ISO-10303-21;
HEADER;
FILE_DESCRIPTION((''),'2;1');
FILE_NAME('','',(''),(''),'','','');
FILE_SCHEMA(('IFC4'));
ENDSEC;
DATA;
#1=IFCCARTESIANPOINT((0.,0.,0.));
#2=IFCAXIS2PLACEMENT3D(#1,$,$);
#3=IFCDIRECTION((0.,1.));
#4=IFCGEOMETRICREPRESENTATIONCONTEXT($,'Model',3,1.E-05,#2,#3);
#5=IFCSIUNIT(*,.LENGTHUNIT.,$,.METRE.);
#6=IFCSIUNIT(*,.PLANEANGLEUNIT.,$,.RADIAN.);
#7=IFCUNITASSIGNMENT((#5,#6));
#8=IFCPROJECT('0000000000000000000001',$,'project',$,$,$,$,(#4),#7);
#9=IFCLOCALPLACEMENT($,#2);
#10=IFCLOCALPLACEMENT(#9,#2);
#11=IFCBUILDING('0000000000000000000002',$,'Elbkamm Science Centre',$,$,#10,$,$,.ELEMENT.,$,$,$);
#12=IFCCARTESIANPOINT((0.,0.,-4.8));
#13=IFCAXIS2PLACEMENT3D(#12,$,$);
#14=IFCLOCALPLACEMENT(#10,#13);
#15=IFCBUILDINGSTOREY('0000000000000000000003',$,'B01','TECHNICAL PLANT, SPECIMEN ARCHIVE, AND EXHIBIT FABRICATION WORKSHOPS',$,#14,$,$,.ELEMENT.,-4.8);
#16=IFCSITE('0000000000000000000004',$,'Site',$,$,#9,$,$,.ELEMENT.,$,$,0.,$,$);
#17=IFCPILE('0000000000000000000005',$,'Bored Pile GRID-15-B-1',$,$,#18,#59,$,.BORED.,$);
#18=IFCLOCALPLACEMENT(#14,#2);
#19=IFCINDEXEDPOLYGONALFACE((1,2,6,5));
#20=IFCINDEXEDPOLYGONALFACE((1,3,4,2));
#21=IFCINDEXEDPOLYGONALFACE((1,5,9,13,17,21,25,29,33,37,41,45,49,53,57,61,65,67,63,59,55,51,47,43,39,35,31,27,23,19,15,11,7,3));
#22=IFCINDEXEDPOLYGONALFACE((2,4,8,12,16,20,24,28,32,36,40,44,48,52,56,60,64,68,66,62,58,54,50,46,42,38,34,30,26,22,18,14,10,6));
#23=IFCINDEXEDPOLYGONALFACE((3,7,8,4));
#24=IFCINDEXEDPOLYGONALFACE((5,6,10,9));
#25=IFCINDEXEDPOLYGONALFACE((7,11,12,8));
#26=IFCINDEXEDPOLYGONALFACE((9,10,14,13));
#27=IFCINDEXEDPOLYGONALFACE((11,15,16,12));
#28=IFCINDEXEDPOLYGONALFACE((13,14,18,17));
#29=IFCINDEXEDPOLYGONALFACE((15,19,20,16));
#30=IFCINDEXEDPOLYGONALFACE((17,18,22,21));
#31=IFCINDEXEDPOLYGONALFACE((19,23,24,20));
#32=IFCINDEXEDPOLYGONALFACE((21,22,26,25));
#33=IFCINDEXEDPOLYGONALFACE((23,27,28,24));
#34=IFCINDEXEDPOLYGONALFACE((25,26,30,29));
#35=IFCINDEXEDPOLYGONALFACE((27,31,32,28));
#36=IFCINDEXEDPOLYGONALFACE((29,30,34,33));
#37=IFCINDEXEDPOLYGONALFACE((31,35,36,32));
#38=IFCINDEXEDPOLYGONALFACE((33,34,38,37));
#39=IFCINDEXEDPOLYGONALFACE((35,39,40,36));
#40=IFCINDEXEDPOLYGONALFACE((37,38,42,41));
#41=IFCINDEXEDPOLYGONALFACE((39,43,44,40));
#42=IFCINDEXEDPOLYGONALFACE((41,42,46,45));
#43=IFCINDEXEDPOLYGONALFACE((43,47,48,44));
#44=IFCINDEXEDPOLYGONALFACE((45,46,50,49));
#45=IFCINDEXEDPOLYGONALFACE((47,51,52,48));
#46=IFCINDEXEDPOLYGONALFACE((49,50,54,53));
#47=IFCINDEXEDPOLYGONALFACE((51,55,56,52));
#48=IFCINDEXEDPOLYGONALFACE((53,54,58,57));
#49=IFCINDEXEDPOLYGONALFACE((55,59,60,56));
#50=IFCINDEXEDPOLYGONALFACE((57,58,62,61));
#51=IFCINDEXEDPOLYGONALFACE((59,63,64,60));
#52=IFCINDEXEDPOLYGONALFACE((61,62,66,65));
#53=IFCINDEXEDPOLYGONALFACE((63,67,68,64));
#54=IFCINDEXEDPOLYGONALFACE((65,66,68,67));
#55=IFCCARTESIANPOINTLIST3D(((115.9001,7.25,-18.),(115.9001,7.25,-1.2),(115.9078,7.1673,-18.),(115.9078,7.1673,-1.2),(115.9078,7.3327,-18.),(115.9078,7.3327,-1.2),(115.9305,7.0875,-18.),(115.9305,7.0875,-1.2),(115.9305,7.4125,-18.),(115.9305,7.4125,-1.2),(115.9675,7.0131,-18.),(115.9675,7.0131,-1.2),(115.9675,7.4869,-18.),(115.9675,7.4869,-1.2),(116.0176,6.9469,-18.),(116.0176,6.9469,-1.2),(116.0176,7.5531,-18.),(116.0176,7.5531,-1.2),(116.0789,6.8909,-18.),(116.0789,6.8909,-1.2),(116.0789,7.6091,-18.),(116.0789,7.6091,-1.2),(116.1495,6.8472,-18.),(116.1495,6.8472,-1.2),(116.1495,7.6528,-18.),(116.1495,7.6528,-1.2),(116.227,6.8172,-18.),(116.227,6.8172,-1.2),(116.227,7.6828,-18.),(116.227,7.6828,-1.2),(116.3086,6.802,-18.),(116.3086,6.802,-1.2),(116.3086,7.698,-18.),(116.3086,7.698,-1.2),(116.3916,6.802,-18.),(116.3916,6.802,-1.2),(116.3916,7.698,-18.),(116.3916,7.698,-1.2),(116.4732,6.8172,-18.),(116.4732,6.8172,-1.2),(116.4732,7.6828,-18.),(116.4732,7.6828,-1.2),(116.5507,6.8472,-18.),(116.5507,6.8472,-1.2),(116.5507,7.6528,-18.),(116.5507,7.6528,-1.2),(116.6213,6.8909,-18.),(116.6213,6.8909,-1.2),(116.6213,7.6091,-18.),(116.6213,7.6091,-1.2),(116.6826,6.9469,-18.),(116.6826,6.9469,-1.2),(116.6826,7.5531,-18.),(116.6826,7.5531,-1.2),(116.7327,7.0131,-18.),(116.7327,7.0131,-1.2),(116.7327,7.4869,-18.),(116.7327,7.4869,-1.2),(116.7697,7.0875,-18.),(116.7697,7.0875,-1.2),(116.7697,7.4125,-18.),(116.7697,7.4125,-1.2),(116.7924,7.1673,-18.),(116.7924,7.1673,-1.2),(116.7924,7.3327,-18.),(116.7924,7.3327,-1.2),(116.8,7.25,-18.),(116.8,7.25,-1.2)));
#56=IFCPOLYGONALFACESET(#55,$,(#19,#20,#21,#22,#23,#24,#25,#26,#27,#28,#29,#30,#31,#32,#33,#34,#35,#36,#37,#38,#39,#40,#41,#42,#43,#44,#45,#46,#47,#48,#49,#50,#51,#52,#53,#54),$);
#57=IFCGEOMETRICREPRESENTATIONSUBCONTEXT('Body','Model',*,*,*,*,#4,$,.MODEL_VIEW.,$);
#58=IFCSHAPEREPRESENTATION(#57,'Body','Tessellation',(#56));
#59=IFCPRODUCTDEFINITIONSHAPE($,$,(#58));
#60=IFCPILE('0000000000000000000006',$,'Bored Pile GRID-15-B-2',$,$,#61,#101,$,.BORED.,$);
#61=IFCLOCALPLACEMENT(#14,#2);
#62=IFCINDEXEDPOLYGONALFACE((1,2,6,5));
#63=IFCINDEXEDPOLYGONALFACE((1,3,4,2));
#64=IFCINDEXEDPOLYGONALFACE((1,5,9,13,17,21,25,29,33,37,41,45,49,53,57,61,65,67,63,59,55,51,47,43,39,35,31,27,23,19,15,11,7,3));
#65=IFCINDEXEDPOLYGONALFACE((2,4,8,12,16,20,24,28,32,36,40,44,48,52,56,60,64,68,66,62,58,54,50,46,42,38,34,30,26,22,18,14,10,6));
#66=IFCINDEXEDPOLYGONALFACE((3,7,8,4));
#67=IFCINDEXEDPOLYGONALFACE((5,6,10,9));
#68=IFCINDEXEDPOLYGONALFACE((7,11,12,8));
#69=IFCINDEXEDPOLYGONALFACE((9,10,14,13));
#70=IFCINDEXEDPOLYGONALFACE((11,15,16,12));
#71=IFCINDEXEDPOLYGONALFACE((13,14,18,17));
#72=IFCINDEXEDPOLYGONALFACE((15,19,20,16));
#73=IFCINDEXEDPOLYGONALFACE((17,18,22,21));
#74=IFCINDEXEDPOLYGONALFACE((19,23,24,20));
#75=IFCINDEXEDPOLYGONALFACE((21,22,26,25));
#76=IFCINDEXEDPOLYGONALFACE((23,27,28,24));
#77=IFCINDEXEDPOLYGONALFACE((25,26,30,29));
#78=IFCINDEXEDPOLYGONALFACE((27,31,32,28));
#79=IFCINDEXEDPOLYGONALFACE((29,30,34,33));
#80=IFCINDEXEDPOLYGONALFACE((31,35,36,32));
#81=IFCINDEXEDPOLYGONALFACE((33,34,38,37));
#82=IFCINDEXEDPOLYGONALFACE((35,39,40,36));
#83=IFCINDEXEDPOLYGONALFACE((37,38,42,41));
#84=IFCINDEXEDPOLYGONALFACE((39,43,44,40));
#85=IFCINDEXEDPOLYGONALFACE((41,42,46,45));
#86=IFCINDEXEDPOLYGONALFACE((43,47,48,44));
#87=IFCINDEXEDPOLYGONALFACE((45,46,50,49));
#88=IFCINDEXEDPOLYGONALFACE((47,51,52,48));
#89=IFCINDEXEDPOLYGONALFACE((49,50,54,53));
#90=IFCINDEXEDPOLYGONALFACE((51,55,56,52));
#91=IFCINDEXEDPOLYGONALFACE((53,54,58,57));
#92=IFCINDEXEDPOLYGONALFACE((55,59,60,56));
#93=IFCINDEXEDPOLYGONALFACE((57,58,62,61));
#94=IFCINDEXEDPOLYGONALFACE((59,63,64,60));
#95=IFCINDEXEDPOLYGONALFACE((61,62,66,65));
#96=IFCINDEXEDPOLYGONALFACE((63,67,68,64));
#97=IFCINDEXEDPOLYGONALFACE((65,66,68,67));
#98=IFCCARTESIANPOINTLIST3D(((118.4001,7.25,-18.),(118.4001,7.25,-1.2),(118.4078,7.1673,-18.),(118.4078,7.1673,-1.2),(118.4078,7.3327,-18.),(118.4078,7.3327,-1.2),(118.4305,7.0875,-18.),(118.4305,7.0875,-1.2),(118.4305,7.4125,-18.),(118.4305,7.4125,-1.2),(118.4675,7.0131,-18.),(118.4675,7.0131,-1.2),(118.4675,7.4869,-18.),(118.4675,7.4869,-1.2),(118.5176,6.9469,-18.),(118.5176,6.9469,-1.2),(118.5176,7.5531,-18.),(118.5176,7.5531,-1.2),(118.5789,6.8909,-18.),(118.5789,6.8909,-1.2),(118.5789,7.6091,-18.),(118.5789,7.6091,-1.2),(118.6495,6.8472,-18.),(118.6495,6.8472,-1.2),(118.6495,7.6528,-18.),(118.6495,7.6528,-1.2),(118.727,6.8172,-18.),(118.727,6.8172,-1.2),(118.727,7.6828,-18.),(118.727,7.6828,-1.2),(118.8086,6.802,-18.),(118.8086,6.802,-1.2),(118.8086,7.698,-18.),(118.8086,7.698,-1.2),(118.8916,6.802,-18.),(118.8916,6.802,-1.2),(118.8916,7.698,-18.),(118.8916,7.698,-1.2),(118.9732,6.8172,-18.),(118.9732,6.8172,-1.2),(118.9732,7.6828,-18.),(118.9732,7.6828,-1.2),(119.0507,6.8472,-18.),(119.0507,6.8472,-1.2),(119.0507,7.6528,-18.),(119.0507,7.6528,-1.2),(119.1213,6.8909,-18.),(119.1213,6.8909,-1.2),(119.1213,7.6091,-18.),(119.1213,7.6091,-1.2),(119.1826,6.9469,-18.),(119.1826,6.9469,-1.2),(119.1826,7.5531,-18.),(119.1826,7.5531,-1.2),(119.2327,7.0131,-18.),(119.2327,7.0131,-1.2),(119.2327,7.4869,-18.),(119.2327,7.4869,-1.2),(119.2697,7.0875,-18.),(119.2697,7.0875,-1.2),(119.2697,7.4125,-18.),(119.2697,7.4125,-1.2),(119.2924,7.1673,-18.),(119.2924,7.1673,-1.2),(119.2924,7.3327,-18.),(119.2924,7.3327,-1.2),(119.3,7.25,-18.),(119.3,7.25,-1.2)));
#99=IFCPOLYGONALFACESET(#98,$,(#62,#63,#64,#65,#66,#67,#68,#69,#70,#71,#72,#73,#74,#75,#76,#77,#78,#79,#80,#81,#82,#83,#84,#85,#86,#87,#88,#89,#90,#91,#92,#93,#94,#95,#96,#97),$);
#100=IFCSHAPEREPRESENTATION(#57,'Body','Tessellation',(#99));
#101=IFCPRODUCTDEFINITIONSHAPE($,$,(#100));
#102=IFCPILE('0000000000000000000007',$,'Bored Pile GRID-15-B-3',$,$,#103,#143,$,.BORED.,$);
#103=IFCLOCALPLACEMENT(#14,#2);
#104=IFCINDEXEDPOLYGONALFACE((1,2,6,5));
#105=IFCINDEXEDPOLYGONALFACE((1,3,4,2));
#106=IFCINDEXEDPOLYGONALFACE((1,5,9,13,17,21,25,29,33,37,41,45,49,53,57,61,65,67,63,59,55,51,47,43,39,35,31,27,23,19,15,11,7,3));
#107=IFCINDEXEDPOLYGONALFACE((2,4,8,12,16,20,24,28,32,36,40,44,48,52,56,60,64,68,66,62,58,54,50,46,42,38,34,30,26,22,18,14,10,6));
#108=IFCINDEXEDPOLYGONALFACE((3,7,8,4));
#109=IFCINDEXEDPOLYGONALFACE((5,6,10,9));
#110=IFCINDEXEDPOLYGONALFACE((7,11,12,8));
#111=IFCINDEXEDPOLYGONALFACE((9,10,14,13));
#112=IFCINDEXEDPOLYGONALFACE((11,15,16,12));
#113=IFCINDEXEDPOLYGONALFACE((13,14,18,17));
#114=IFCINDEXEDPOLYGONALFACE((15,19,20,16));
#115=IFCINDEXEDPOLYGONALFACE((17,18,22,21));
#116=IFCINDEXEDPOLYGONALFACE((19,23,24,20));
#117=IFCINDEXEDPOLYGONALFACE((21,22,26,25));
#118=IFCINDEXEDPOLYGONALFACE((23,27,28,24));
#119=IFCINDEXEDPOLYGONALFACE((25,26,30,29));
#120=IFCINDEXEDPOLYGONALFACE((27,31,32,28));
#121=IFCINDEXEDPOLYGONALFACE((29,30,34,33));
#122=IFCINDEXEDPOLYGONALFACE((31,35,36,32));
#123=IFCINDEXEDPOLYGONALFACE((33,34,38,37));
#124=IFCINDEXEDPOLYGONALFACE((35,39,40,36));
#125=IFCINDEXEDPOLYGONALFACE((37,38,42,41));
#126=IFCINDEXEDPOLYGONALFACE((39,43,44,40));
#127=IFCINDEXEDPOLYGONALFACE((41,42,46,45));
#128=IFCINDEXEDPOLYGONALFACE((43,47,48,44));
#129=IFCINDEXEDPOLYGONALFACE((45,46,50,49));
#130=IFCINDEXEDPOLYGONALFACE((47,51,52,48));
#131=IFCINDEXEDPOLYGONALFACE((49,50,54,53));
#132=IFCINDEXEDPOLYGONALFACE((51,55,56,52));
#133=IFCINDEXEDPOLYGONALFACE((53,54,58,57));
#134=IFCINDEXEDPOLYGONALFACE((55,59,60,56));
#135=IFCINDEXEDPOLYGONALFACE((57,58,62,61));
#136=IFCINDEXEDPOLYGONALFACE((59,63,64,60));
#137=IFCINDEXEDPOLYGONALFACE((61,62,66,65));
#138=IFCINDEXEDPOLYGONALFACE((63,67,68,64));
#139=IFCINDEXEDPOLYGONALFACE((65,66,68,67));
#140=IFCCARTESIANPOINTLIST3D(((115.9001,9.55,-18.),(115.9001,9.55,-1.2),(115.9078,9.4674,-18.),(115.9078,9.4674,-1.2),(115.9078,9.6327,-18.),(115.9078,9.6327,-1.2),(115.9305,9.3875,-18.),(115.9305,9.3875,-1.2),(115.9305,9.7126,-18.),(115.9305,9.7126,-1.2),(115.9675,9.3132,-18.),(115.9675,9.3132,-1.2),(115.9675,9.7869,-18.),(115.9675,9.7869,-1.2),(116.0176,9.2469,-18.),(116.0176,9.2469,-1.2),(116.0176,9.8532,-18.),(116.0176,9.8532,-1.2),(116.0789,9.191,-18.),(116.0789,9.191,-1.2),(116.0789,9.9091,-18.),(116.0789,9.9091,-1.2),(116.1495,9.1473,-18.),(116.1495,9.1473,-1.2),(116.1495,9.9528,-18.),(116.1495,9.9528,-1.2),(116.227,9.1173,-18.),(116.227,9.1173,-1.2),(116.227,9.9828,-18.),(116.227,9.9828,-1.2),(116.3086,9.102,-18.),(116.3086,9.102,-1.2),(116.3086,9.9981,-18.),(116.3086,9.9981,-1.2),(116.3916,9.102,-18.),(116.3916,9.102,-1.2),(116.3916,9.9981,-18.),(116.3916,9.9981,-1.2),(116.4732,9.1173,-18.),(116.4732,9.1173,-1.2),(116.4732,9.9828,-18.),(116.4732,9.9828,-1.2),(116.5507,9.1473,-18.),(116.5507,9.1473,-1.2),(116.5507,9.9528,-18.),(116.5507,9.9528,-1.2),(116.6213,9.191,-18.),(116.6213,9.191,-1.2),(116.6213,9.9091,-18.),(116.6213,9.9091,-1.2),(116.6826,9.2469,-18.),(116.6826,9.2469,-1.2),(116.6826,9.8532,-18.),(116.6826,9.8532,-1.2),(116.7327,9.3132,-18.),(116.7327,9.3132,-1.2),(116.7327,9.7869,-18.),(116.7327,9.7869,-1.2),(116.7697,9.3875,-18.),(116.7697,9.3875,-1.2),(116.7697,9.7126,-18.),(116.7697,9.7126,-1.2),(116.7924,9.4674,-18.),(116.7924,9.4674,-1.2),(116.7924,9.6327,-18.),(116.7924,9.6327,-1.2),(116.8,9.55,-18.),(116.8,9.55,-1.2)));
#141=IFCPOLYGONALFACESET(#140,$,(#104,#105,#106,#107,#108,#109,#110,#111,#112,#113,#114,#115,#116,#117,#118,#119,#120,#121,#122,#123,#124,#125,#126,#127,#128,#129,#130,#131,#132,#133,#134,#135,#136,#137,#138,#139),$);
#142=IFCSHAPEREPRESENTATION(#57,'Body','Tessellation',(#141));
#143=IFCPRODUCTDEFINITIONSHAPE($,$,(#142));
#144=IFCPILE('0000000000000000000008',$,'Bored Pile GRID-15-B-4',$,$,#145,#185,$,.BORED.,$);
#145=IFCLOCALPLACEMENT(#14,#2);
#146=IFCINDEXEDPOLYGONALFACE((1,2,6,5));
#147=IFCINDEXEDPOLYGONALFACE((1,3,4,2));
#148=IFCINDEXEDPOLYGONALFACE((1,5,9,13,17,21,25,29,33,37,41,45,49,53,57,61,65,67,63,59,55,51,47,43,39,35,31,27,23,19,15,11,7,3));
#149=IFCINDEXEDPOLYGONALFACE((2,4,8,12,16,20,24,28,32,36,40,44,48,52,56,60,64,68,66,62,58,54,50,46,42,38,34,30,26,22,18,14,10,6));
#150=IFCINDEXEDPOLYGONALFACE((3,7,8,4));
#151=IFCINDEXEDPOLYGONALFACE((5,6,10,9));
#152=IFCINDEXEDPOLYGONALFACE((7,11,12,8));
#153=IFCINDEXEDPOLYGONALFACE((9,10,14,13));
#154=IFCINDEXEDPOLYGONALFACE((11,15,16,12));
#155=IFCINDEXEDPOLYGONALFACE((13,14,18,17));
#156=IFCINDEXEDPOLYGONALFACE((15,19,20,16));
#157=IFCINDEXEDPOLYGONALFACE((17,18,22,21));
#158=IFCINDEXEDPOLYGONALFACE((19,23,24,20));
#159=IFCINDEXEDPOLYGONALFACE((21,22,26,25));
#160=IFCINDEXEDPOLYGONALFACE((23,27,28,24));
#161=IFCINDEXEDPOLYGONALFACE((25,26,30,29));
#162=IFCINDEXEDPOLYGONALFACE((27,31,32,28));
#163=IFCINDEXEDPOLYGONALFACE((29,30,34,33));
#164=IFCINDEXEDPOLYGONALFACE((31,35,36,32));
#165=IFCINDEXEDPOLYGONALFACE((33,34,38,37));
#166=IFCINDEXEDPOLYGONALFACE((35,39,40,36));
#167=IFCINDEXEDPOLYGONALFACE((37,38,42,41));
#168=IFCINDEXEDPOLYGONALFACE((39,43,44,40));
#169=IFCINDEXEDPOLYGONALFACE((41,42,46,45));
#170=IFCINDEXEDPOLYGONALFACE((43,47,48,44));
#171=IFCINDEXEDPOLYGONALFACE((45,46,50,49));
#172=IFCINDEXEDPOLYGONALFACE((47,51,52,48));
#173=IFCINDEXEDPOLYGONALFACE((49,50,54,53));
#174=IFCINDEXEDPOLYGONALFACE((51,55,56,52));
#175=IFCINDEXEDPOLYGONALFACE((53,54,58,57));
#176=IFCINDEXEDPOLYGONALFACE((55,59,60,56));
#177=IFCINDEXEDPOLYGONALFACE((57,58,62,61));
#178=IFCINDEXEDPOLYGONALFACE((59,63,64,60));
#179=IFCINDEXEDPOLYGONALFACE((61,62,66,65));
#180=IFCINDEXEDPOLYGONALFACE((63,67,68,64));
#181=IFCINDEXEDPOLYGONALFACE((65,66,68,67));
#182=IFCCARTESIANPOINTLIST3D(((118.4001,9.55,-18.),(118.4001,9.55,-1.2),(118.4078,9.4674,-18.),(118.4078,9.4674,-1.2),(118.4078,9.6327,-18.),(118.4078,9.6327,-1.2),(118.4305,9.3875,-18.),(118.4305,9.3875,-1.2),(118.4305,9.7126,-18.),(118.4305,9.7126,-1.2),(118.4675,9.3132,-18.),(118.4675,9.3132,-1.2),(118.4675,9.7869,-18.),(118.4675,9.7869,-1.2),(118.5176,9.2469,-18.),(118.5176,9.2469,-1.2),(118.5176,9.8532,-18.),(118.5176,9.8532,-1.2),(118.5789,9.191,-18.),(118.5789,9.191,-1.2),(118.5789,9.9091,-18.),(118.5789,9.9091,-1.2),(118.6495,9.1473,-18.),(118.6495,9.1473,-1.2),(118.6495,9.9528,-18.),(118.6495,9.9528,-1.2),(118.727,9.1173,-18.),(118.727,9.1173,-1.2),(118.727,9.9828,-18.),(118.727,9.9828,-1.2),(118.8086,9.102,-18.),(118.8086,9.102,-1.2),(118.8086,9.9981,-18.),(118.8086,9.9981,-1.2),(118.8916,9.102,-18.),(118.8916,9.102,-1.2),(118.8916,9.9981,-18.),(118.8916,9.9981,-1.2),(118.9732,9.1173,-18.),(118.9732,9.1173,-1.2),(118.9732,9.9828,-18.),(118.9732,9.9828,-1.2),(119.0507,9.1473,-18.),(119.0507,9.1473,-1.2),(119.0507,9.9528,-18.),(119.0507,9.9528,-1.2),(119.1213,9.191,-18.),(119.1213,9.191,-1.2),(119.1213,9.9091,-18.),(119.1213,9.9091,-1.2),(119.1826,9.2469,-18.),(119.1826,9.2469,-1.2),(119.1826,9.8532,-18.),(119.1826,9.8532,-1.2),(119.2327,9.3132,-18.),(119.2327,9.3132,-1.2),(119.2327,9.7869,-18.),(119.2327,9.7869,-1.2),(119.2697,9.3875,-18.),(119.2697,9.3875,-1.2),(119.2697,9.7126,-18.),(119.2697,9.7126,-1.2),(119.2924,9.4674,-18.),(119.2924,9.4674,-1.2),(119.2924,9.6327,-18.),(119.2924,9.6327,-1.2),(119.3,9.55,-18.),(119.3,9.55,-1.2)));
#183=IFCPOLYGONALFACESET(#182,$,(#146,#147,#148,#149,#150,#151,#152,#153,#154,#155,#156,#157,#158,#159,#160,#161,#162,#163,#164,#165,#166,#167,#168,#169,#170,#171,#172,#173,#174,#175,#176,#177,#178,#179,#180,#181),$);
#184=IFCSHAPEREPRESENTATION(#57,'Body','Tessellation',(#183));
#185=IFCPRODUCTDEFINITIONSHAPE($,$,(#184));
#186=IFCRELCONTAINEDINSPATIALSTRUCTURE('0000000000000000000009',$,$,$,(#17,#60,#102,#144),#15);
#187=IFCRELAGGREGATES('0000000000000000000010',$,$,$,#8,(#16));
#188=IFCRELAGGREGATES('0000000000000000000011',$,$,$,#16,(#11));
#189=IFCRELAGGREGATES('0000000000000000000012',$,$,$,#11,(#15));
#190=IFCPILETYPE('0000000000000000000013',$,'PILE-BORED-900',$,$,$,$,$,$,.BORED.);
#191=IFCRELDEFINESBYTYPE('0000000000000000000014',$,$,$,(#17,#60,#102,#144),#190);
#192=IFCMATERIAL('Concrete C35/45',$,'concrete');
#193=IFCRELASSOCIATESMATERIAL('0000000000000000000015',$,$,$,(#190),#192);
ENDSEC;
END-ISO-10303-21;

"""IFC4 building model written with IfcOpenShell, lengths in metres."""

from ifc_helpers import new_model, si_unit, direction, frame, origin, origin_2d, place, context, subcontext, project, spatial, circle, extrude, material, material_profile, profile_set, type_object, element, save


model = new_model("IFC4")

# Units and contexts
model_context = context("Model", 3, precision=1e-05, world=origin(), true_north=direction((0.0, 1.0)))
body_context = subcontext(model_context, "Body", "Model", "MODEL_VIEW")
ifc_project = project(units=[si_unit("LENGTHUNIT", "METRE"), si_unit("PLANEANGLEUNIT", "RADIAN")], contexts=[model_context])

# Site, building, storey
site_placement = place(None, origin())
site = spatial("IfcSite", under=ifc_project, at=site_placement, Name="Site", CompositionType="ELEMENT", RefElevation=0.0)
building_placement = place(site_placement, origin())
building = spatial("IfcBuilding", under=site, at=building_placement, Name="Elbkamm Science Centre", CompositionType="ELEMENT")
storey_placement = place(building_placement, frame((0.0, 0.0, -4.8)))
storey = spatial("IfcBuildingStorey", under=building, at=storey_placement, Name="B01", Description="TECHNICAL PLANT, SPECIMEN ARCHIVE, AND EXHIBIT FABRICATION WORKSHOPS", CompositionType="ELEMENT", Elevation=-4.8)

# Shared definitions
ifc_material_1 = material(Name="Concrete C35/45", Category="concrete")

# Piles
ifc_material_profile_1 = material_profile(ifc_material_1, circle(Radius=0.45, at=origin_2d()), Name="PILE D900")
ifc_profile_set_1 = profile_set([ifc_material_profile_1], Name="Concrete C35/45")
pile_type = type_object("IfcPileType", Name="PILE-BORED-900", PredefinedType="BORED", material=ifc_profile_set_1)
for number, where, z_axis, x_axis, name in (
    (1, (116.3501, 7.25, -1.2), (0.0, 0.0, -1.0), (1.0, 0.0, 0.0), "Bored Pile GRID-15-B-1"),
    (2, (118.8501, 7.25, -1.2), (0.0, 0.0, -1.0), (1.0, 0.0, 0.0), "Bored Pile GRID-15-B-2"),
    (3, (116.3501, 9.55, -1.2), (0.0, 0.0, -1.0), (1.0, 0.0, 0.0), "Bored Pile GRID-15-B-3"),
    (4, (118.8501, 9.55, -1.2), (0.0, 0.0, -1.0), (1.0, 0.0, 0.0), "Bored Pile GRID-15-B-4"),
):
    element("IfcPile", number, at=place(storey_placement, frame(where, z_axis=z_axis, x_axis=x_axis)), inside=storey, type_object=pile_type, Name=name, PredefinedType="BORED", context=body_context, shape_type="SweptSolid", body=[
        extrude(circle(Radius=0.45, at=origin_2d()), origin(), (0.0, 0.0, 1.0), 16.8),
    ])

save(model, "model.ifc")
